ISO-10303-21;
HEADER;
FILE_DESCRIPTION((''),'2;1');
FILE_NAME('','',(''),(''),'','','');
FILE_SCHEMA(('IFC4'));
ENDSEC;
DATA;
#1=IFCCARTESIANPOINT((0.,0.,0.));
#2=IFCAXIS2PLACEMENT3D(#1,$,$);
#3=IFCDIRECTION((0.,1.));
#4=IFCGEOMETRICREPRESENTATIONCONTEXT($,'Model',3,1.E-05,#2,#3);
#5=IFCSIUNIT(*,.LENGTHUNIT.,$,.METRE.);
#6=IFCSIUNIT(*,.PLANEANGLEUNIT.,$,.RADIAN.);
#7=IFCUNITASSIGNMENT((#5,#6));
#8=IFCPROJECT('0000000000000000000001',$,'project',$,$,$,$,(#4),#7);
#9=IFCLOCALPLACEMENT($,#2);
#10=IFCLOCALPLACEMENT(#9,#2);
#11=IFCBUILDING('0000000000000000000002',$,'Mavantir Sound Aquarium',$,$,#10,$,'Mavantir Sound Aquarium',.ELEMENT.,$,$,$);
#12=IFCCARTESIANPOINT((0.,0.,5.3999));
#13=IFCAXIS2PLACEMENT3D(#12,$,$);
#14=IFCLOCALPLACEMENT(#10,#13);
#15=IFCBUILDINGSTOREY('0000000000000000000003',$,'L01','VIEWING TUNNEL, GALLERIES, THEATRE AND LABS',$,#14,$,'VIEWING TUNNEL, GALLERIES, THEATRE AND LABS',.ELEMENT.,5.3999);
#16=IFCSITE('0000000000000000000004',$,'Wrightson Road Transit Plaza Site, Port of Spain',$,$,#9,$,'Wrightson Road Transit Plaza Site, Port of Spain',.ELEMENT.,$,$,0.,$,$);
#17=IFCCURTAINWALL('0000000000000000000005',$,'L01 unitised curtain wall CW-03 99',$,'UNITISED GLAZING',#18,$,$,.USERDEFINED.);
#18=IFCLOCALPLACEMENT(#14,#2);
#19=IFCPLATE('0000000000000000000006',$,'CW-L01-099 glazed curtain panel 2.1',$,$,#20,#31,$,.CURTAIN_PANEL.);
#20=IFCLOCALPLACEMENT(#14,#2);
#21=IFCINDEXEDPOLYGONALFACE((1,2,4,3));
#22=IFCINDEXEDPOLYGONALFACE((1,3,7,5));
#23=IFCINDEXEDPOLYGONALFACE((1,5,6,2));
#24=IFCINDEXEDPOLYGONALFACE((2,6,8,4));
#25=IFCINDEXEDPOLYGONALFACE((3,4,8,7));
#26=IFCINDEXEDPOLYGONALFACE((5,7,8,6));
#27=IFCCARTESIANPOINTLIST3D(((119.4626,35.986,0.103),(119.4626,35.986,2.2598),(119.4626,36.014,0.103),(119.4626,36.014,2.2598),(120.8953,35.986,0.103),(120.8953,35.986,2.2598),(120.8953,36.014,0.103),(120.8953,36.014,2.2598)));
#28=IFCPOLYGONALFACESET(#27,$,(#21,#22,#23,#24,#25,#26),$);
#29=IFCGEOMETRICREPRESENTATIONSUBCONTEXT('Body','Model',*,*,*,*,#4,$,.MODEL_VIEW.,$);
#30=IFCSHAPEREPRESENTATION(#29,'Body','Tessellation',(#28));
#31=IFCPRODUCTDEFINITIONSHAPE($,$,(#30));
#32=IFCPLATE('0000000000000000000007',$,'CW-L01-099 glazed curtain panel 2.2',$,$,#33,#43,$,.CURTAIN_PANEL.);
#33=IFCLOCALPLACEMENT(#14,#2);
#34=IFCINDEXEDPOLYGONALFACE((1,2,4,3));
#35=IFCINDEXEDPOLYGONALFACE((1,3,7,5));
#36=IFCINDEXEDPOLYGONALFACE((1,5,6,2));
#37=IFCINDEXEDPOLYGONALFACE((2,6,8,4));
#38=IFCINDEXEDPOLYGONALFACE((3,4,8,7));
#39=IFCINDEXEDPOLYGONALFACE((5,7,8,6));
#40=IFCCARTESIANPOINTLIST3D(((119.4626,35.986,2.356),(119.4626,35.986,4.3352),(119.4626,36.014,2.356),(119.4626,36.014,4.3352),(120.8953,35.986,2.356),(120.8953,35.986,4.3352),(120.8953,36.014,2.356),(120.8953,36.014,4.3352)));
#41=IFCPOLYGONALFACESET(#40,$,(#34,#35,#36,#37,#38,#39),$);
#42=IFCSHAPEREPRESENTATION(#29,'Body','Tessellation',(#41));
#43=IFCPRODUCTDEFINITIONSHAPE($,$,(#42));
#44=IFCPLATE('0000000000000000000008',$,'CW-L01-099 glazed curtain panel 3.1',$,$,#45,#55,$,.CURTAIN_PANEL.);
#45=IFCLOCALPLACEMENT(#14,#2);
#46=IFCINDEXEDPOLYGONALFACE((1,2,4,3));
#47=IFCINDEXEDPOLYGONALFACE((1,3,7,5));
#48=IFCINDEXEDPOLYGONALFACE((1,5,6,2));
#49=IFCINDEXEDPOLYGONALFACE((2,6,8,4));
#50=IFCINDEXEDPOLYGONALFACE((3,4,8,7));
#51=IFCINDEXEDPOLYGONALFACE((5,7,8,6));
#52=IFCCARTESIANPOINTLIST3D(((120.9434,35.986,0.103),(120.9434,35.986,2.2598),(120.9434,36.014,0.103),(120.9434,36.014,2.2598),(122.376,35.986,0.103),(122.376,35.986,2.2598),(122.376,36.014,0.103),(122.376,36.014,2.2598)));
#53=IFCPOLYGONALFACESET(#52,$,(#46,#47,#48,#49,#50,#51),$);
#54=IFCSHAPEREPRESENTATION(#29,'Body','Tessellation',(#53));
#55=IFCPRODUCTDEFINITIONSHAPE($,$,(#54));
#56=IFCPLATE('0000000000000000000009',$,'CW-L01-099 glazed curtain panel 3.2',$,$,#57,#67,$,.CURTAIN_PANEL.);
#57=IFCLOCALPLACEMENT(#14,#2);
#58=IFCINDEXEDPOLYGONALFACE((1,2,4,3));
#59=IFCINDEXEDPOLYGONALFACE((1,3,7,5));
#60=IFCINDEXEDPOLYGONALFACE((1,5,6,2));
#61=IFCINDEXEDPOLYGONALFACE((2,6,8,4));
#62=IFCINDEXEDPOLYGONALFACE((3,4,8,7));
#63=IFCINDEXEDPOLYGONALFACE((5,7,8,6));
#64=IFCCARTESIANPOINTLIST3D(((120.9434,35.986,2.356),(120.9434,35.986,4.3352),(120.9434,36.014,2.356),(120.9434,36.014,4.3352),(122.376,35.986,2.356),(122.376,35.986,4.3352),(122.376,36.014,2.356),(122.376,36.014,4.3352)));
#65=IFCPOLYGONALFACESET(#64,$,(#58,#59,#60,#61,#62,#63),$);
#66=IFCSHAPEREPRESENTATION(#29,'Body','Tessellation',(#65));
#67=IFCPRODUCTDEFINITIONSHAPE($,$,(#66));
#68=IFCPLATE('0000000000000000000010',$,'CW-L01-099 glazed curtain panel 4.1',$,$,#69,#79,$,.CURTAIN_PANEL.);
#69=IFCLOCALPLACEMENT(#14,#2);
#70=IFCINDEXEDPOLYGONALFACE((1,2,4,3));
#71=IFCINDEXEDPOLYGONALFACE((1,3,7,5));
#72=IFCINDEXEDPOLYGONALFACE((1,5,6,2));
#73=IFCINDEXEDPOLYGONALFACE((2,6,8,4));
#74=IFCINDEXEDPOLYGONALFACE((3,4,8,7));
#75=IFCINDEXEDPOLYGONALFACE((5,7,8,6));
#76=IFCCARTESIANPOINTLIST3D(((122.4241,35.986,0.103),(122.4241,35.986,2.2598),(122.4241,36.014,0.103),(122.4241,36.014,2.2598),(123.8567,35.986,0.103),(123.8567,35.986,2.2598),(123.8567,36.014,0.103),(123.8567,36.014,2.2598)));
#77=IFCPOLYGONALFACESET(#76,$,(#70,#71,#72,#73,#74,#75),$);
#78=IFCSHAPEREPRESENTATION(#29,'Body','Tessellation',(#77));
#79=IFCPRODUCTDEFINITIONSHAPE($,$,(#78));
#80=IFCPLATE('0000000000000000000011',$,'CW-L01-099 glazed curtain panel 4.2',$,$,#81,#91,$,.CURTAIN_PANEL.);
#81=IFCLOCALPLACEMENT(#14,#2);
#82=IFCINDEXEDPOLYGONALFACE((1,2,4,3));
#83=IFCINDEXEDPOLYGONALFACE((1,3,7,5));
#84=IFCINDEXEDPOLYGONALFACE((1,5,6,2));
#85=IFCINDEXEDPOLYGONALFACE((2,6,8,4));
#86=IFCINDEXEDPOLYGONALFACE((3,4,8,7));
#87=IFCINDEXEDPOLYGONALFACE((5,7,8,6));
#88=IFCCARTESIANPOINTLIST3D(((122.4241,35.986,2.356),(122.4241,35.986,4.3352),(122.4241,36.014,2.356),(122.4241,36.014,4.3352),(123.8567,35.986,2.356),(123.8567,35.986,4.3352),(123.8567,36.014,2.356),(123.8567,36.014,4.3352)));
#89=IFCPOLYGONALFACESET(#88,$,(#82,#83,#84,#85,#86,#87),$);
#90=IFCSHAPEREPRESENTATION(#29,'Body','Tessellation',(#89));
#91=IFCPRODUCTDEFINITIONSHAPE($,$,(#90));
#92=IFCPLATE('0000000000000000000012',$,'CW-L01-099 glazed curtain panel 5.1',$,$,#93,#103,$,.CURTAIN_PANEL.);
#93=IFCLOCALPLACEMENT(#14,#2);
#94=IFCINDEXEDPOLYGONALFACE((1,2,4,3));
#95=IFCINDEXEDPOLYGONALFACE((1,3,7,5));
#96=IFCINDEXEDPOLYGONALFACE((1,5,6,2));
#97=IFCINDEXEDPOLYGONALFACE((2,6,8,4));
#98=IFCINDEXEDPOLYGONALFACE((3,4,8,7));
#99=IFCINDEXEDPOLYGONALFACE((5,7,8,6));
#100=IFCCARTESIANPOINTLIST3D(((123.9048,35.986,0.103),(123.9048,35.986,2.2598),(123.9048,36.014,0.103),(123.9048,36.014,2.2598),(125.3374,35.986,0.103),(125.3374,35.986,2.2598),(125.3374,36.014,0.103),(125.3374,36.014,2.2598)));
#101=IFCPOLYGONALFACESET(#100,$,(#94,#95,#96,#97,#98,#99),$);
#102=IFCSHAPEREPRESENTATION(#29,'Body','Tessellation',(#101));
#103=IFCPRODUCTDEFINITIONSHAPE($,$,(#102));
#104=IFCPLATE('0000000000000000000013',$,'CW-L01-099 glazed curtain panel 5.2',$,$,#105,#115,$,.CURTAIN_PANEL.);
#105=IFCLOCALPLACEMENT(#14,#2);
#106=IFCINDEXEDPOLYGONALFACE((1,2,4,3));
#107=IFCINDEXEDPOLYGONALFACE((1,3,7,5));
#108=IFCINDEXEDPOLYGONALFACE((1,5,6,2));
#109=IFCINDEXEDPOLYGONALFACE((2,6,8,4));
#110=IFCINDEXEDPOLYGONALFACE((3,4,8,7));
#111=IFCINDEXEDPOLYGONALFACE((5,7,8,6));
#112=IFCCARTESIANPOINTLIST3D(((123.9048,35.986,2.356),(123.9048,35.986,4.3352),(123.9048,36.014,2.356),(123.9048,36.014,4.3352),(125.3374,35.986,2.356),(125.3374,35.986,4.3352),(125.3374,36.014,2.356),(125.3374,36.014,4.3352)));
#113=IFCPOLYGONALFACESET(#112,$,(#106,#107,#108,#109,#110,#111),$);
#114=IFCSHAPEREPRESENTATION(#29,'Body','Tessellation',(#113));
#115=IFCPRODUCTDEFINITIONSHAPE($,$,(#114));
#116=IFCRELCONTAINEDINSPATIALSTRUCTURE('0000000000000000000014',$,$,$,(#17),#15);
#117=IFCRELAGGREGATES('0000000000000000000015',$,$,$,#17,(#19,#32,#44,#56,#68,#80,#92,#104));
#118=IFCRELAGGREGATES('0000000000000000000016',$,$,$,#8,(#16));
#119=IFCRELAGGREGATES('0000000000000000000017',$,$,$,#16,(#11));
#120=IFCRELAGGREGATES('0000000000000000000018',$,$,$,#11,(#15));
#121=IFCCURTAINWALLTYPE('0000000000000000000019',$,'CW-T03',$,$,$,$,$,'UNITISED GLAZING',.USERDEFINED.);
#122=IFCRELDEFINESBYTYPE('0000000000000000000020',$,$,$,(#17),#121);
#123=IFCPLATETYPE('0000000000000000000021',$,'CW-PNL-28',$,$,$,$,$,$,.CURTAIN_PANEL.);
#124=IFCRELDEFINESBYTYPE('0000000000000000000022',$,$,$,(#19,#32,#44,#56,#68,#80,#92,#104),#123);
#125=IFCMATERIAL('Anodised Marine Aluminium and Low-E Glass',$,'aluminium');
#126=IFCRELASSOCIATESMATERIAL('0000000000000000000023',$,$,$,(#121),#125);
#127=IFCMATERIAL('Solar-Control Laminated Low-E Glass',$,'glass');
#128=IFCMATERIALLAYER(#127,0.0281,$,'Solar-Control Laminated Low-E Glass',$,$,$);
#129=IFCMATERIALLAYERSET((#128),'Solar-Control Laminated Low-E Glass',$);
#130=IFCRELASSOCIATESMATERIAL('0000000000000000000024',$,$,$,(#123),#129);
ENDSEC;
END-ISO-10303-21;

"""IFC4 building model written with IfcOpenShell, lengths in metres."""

from ifc_helpers import new_model, si_unit, direction, frame, origin, origin_2d, place, context, subcontext, project, spatial, rectangle, extrude, material, layer, layer_set, type_object, element, aggregate, save


model = new_model("IFC4")

# Units and contexts
model_context = context("Model", 3, precision=1e-05, world=origin(), true_north=direction((0.0, 1.0)))
body_context = subcontext(model_context, "Body", "Model", "MODEL_VIEW")
ifc_project = project(units=[si_unit("LENGTHUNIT", "METRE"), si_unit("PLANEANGLEUNIT", "RADIAN")], contexts=[model_context])

# Site, building, storey
site_placement = place(None, origin())
site = spatial("IfcSite", under=ifc_project, at=site_placement, Name="Wrightson Road Transit Plaza Site, Port of Spain", LongName="Wrightson Road Transit Plaza Site, Port of Spain", CompositionType="ELEMENT", RefElevation=0.0)
building_placement = place(site_placement, origin())
building = spatial("IfcBuilding", under=site, at=building_placement, Name="Mavantir Sound Aquarium", LongName="Mavantir Sound Aquarium", CompositionType="ELEMENT")
storey_placement = place(building_placement, frame((0.0, 0.0, 5.3999)))
storey = spatial("IfcBuildingStorey", under=building, at=storey_placement, Name="L01", Description="VIEWING TUNNEL, GALLERIES, THEATRE AND LABS", LongName="VIEWING TUNNEL, GALLERIES, THEATRE AND LABS", CompositionType="ELEMENT", Elevation=5.3999)

# Curtain wall, plates
ifc_material_1 = material(Name="Anodised Marine Aluminium and Low-E Glass", Category="aluminium")
curtain_wall_type = type_object("IfcCurtainWallType", Name="CW-T03", ElementType="UNITISED GLAZING", PredefinedType="USERDEFINED", material=ifc_material_1)
curtain_wall_placement = place(storey_placement, origin())
curtain_wall = element("IfcCurtainWall", 1, at=curtain_wall_placement, inside=storey, type_object=curtain_wall_type, Name="L01 unitised curtain wall CW-03 99", ObjectType="UNITISED GLAZING", PredefinedType="USERDEFINED")
ifc_material_2 = material(Name="Solar-Control Laminated Low-E Glass", Category="glass")
ifc_layer = layer(ifc_material_2, 0.0281, Name="Solar-Control Laminated Low-E Glass")
ifc_layer_set = layer_set([ifc_layer], Name="Solar-Control Laminated Low-E Glass")
plate_type = type_object("IfcPlateType", Name="CW-PNL-28", PredefinedType="CURTAIN_PANEL", material=ifc_layer_set)
plate_1_placement = place(storey_placement, frame((120.179, 36.0, 0.103), z_axis=(0.0, 0.0, 1.0), x_axis=(1.0, 0.0, 0.0)))
plate_1 = element("IfcPlate", 2, at=plate_1_placement, type_object=plate_type, Name="CW-L01-099 glazed curtain panel 2.1", PredefinedType="CURTAIN_PANEL", context=body_context, shape_type="SweptSolid", body=[
    extrude(rectangle(XDim=1.4326, YDim=0.0281, at=origin_2d()), origin(), (0.0, 0.0, 1.0), 2.1567),
])
plate_2_placement = place(storey_placement, frame((120.179, 36.0, 2.356), z_axis=(0.0, 0.0, 1.0), x_axis=(1.0, 0.0, 0.0)))
plate_2 = element("IfcPlate", 3, at=plate_2_placement, type_object=plate_type, Name="CW-L01-099 glazed curtain panel 2.2", PredefinedType="CURTAIN_PANEL", context=body_context, shape_type="SweptSolid", body=[
    extrude(rectangle(XDim=1.4326, YDim=0.0281, at=origin_2d()), origin(), (0.0, 0.0, 1.0), 1.9792),
])
plate_3_placement = place(storey_placement, frame((121.6597, 36.0, 0.103), z_axis=(0.0, 0.0, 1.0), x_axis=(1.0, 0.0, 0.0)))
plate_3 = element("IfcPlate", 4, at=plate_3_placement, type_object=plate_type, Name="CW-L01-099 glazed curtain panel 3.1", PredefinedType="CURTAIN_PANEL", context=body_context, shape_type="SweptSolid", body=[
    extrude(rectangle(XDim=1.4326, YDim=0.0281, at=origin_2d()), origin(), (0.0, 0.0, 1.0), 2.1567),
])
plate_4_placement = place(storey_placement, frame((121.6597, 36.0, 2.356), z_axis=(0.0, 0.0, 1.0), x_axis=(1.0, 0.0, 0.0)))
plate_4 = element("IfcPlate", 5, at=plate_4_placement, type_object=plate_type, Name="CW-L01-099 glazed curtain panel 3.2", PredefinedType="CURTAIN_PANEL", context=body_context, shape_type="SweptSolid", body=[
    extrude(rectangle(XDim=1.4326, YDim=0.0281, at=origin_2d()), origin(), (0.0, 0.0, 1.0), 1.9792),
])
plate_5_placement = place(storey_placement, frame((123.1404, 36.0, 0.103), z_axis=(0.0, 0.0, 1.0), x_axis=(1.0, 0.0, 0.0)))
plate_5 = element("IfcPlate", 6, at=plate_5_placement, type_object=plate_type, Name="CW-L01-099 glazed curtain panel 4.1", PredefinedType="CURTAIN_PANEL", context=body_context, shape_type="SweptSolid", body=[
    extrude(rectangle(XDim=1.4326, YDim=0.0281, at=origin_2d()), origin(), (0.0, 0.0, 1.0), 2.1567),
])
plate_6_placement = place(storey_placement, frame((123.1404, 36.0, 2.356), z_axis=(0.0, 0.0, 1.0), x_axis=(1.0, 0.0, 0.0)))
plate_6 = element("IfcPlate", 7, at=plate_6_placement, type_object=plate_type, Name="CW-L01-099 glazed curtain panel 4.2", PredefinedType="CURTAIN_PANEL", context=body_context, shape_type="SweptSolid", body=[
    extrude(rectangle(XDim=1.4326, YDim=0.0281, at=origin_2d()), origin(), (0.0, 0.0, 1.0), 1.9792),
])
plate_7_placement = place(storey_placement, frame((124.6211, 36.0, 0.103), z_axis=(0.0, 0.0, 1.0), x_axis=(1.0, 0.0, 0.0)))
plate_7 = element("IfcPlate", 8, at=plate_7_placement, type_object=plate_type, Name="CW-L01-099 glazed curtain panel 5.1", PredefinedType="CURTAIN_PANEL", context=body_context, shape_type="SweptSolid", body=[
    extrude(rectangle(XDim=1.4326, YDim=0.0281, at=origin_2d()), origin(), (0.0, 0.0, 1.0), 2.1567),
])
plate_8_placement = place(storey_placement, frame((124.6211, 36.0, 2.356), z_axis=(0.0, 0.0, 1.0), x_axis=(1.0, 0.0, 0.0)))
plate_8 = element("IfcPlate", 9, at=plate_8_placement, type_object=plate_type, Name="CW-L01-099 glazed curtain panel 5.2", PredefinedType="CURTAIN_PANEL", context=body_context, shape_type="SweptSolid", body=[
    extrude(rectangle(XDim=1.4326, YDim=0.0281, at=origin_2d()), origin(), (0.0, 0.0, 1.0), 1.9792),
])
aggregate(curtain_wall, [plate_1, plate_2, plate_3, plate_4, plate_5, plate_6, plate_7, plate_8])

save(model, "model.ifc")
